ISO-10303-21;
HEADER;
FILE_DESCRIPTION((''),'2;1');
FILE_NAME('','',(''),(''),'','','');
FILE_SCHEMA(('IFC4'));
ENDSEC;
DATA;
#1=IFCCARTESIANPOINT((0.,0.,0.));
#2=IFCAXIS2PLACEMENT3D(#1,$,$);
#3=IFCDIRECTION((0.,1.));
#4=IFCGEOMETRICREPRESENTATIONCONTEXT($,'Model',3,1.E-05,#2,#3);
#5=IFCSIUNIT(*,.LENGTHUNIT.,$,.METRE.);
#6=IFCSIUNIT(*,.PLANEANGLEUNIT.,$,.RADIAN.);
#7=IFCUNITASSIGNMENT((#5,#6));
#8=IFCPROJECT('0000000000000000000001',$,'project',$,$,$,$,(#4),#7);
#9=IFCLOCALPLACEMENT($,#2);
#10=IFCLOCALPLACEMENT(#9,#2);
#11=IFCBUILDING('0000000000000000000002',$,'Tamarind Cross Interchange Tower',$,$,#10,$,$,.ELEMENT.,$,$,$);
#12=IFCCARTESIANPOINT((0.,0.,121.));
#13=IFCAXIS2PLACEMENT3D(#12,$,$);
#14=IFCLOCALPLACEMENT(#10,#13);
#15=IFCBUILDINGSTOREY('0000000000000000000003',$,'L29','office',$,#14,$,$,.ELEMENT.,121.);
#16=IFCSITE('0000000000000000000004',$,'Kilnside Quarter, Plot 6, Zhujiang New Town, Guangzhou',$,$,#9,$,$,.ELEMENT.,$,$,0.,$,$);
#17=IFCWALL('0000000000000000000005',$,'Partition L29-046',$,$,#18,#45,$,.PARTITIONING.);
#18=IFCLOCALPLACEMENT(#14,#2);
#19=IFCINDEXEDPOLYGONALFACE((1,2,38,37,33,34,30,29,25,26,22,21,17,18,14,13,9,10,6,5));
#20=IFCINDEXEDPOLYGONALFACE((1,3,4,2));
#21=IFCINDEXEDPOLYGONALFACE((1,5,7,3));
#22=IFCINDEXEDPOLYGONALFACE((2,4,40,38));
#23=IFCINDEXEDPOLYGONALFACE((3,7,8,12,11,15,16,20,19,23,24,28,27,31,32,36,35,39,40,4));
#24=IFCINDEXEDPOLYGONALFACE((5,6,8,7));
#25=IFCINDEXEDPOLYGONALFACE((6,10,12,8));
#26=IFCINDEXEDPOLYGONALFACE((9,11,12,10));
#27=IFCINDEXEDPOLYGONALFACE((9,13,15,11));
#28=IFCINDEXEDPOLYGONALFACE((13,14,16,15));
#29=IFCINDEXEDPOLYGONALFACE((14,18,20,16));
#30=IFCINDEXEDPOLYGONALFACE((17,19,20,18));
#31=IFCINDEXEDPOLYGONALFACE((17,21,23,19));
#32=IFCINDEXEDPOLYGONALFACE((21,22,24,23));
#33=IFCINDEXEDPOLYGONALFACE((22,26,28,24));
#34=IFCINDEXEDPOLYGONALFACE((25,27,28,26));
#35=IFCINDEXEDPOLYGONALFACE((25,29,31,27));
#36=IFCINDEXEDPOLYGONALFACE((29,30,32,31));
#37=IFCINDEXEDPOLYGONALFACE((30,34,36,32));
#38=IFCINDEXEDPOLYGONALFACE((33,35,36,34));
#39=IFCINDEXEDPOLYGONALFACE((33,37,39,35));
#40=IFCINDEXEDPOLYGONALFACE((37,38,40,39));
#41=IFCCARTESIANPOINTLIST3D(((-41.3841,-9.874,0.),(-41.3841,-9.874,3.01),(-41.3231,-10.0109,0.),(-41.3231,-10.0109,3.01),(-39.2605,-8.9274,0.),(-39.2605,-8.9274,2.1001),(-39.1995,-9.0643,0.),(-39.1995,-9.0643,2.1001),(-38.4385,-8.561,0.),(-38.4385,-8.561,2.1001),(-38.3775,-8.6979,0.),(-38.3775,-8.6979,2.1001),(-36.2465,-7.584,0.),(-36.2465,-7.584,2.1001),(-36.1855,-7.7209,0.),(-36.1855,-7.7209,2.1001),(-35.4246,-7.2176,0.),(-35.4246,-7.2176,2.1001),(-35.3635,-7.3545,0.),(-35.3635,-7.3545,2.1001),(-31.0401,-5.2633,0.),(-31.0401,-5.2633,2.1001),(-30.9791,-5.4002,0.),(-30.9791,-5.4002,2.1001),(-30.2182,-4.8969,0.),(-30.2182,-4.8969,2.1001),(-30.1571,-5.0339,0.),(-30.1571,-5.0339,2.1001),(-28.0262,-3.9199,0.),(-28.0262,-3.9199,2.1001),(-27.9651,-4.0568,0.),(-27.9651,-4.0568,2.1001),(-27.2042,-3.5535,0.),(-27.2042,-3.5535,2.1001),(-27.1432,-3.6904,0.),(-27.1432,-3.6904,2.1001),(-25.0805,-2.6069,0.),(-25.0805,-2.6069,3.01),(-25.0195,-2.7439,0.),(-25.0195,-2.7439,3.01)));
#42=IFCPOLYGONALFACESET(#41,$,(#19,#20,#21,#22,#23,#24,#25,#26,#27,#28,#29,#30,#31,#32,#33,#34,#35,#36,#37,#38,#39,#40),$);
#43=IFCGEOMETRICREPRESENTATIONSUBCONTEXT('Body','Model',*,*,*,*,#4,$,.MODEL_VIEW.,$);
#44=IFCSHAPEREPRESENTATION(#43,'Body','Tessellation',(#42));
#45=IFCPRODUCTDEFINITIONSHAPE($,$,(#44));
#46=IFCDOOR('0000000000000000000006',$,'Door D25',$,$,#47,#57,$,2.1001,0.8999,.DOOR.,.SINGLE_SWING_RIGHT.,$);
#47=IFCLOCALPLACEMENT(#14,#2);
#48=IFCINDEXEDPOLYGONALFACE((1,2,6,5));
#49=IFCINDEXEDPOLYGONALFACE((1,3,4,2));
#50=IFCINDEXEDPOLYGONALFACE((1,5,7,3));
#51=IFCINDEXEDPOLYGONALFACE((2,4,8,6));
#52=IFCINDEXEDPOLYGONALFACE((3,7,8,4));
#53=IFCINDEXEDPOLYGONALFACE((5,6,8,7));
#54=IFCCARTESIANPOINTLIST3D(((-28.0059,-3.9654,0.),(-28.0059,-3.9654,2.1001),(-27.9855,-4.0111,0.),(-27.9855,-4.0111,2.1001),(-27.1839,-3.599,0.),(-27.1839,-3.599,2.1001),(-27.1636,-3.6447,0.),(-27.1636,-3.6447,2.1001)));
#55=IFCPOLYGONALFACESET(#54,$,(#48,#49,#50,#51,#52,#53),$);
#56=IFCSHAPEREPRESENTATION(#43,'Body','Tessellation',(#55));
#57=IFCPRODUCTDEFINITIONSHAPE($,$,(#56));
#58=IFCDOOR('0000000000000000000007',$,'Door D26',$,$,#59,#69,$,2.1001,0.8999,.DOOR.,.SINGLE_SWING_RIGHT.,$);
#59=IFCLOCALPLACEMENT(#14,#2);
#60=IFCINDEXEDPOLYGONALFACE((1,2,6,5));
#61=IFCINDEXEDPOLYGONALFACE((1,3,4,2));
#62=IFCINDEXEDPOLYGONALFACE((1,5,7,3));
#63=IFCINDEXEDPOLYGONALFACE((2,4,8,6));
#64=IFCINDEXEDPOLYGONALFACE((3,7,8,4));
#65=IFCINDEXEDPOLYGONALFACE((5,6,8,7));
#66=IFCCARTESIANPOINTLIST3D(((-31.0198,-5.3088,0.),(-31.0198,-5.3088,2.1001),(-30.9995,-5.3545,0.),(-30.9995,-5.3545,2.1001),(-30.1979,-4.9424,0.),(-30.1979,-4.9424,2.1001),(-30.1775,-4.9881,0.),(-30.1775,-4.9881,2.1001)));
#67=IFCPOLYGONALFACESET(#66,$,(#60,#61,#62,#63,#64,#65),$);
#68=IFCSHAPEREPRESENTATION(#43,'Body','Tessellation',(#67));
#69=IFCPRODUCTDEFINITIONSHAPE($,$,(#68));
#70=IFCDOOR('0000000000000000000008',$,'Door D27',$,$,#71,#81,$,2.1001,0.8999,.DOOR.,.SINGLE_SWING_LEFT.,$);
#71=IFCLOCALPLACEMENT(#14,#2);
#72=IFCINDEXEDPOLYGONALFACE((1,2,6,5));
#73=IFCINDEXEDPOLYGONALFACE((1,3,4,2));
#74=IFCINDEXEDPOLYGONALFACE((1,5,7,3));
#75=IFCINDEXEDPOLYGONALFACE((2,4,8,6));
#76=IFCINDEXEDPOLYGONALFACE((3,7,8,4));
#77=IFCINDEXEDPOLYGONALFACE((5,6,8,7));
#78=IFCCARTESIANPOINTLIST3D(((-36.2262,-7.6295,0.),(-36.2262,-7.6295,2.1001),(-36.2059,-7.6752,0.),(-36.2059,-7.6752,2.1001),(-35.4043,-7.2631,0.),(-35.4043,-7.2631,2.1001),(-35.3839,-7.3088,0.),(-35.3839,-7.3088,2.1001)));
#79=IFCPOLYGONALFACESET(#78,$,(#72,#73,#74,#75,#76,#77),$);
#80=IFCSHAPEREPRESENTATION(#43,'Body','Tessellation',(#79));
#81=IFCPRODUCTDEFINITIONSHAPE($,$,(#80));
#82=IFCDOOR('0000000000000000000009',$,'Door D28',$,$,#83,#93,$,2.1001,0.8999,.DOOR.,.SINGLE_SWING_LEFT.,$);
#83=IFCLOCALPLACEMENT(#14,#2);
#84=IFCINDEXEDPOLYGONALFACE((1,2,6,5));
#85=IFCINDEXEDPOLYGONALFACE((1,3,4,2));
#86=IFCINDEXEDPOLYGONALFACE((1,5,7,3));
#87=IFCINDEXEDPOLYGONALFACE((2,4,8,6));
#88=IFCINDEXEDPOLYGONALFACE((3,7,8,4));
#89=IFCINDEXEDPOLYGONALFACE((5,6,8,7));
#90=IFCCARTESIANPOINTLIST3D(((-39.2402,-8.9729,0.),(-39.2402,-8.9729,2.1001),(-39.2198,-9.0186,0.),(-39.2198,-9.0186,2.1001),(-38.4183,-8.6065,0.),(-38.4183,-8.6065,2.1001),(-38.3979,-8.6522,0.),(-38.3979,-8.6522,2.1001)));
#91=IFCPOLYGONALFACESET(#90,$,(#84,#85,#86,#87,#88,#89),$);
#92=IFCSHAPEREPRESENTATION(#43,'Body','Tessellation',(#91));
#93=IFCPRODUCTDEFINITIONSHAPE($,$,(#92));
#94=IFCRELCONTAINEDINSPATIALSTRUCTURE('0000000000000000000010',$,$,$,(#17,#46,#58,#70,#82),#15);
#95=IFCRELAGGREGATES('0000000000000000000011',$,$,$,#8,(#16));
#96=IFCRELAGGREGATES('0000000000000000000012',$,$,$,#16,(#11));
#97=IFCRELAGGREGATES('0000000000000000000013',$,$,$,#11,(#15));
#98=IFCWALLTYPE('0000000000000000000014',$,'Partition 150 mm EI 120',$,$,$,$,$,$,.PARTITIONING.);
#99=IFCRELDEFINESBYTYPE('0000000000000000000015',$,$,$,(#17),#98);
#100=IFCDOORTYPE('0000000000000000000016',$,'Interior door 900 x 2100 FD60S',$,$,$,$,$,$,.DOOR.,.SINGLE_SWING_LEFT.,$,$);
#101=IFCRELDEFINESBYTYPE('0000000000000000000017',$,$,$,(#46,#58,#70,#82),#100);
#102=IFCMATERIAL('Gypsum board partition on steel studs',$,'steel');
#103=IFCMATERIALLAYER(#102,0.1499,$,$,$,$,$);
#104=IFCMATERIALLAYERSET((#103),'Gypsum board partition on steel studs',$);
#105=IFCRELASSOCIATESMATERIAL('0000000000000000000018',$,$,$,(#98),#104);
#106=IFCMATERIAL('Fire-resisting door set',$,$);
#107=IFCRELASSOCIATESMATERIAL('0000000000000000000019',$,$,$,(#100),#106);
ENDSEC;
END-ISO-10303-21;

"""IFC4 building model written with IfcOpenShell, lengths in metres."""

from ifc_helpers import new_model, si_unit, direction, frame, frame_2d, origin, place, context, subcontext, project, spatial, rectangle, extrude, material, layer, layer_set, type_object, element, fill, save


model = new_model("IFC4")

# Units and contexts
model_context = context("Model", 3, precision=1e-05, world=origin(), true_north=direction((0.0, 1.0)))
body_context = subcontext(model_context, "Body", "Model", "MODEL_VIEW")
ifc_project = project(units=[si_unit("LENGTHUNIT", "METRE"), si_unit("PLANEANGLEUNIT", "RADIAN")], contexts=[model_context])

# Site, building, storey
site_placement = place(None, origin())
site = spatial("IfcSite", under=ifc_project, at=site_placement, Name="Kilnside Quarter, Plot 6, Zhujiang New Town, Guangzhou", CompositionType="ELEMENT", RefElevation=0.0)
building_placement = place(site_placement, origin())
building = spatial("IfcBuilding", under=site, at=building_placement, Name="Tamarind Cross Interchange Tower", CompositionType="ELEMENT")
storey_placement = place(building_placement, frame((0.0, 0.0, 121.0)))
storey = spatial("IfcBuildingStorey", under=building, at=storey_placement, Name="L29", Description="office", CompositionType="ELEMENT", Elevation=121.0)

# Shared definitions
ifc_material_1 = material(Name="Gypsum board partition on steel studs", Category="steel")

# Shared definitions
ifc_layer_1 = layer(ifc_material_1, 0.1499)
ifc_layer_set_1 = layer_set([ifc_layer_1], Name="Gypsum board partition on steel studs")
wall_type_1 = type_object("IfcWallType", Name="Partition 150 mm EI 120", PredefinedType="PARTITIONING", material=ifc_layer_set_1)
ifc_material_2 = material(Name="Fire-resisting door set")

# Wall, openings, doors
wall_1_placement = place(storey_placement, frame((-41.3535, -9.9424, 0.0), z_axis=(0.0, 0.0, 1.0), x_axis=(0.913374, 0.40712, 0.0)))
wall_1 = element("IfcWall", 1, at=wall_1_placement, inside=storey, type_object=wall_type_1, Name="Partition L29-046", PredefinedType="PARTITIONING", context=body_context, shape_type="SweptSolid", body=[
    extrude(rectangle(XDim=17.8499, YDim=0.1499, at=frame_2d((8.9248, 0.0))), origin(), (0.0, 0.0, 1.0), 3.01),
])
opening_1_placement = place(wall_1_placement, frame((14.6248, 0.0, 0.0)))
opening_1 = element("IfcOpeningElement", 2, at=opening_1_placement, cuts=wall_1, PredefinedType="OPENING", context=body_context, shape_type="SweptSolid", body=[
    extrude(rectangle(XDim=0.8999, YDim=2.1001, at=frame_2d((0.45, 1.05))), frame((0.0, 0.085, 0.0), z_axis=(0.0, -1.0, 0.0), x_axis=(1.0, 0.0, 0.0)), (0.0, 0.0, 1.0), 0.1699),
])
opening_2_placement = place(wall_1_placement, frame((11.325, 0.0, 0.0)))
opening_2 = element("IfcOpeningElement", 3, at=opening_2_placement, cuts=wall_1, PredefinedType="OPENING", context=body_context, shape_type="SweptSolid", body=[
    extrude(rectangle(XDim=0.8999, YDim=2.1001, at=frame_2d((0.45, 1.05))), frame((0.0, 0.085, 0.0), z_axis=(0.0, -1.0, 0.0), x_axis=(1.0, 0.0, 0.0)), (0.0, 0.0, 1.0), 0.1699),
])
opening_3_placement = place(wall_1_placement, frame((5.6248, 0.0, 0.0)))
opening_3 = element("IfcOpeningElement", 4, at=opening_3_placement, cuts=wall_1, PredefinedType="OPENING", context=body_context, shape_type="SweptSolid", body=[
    extrude(rectangle(XDim=0.8999, YDim=2.1001, at=frame_2d((0.45, 1.05))), frame((0.0, 0.085, 0.0), z_axis=(0.0, -1.0, 0.0), x_axis=(1.0, 0.0, 0.0)), (0.0, 0.0, 1.0), 0.1699),
])
opening_4_placement = place(wall_1_placement, frame((2.325, 0.0, 0.0)))
opening_4 = element("IfcOpeningElement", 5, at=opening_4_placement, cuts=wall_1, PredefinedType="OPENING", context=body_context, shape_type="SweptSolid", body=[
    extrude(rectangle(XDim=0.8999, YDim=2.1001, at=frame_2d((0.45, 1.05))), frame((0.0, 0.085, 0.0), z_axis=(0.0, -1.0, 0.0), x_axis=(1.0, 0.0, 0.0)), (0.0, 0.0, 1.0), 0.1699),
])
door_type_1 = type_object("IfcDoorType", Name="Interior door 900 x 2100 FD60S", OperationType="SINGLE_SWING_LEFT", PredefinedType="DOOR", material=ifc_material_2)
door_1_placement = place(opening_1_placement, frame((0.8999, 0.0, 0.0), z_axis=(0.0, 0.0, 1.0), x_axis=(-1.0, 0.0, 0.0)))
door_1 = element("IfcDoor", 6, at=door_1_placement, inside=storey, type_object=door_type_1, Name="Door D25", OperationType="SINGLE_SWING_RIGHT", OverallHeight=2.1001, OverallWidth=0.8999, PredefinedType="DOOR", context=body_context, shape_type="SweptSolid", body=[
    extrude(rectangle(XDim=0.8999, YDim=2.1001, at=frame_2d((0.45, 1.05))), frame((0.0, 0.0249, 0.0), z_axis=(0.0, -1.0, 0.0), x_axis=(1.0, 0.0, 0.0)), (0.0, 0.0, 1.0), 0.05),
])
fill(opening_1, door_1)
door_2_placement = place(opening_2_placement, frame((0.8999, 0.0, 0.0), z_axis=(0.0, 0.0, 1.0), x_axis=(-1.0, 0.0, 0.0)))
door_2 = element("IfcDoor", 7, at=door_2_placement, inside=storey, type_object=door_type_1, Name="Door D26", OperationType="SINGLE_SWING_RIGHT", OverallHeight=2.1001, OverallWidth=0.8999, PredefinedType="DOOR", context=body_context, shape_type="SweptSolid", body=[
    extrude(rectangle(XDim=0.8999, YDim=2.1001, at=frame_2d((0.45, 1.05))), frame((0.0, 0.0249, 0.0), z_axis=(0.0, -1.0, 0.0), x_axis=(1.0, 0.0, 0.0)), (0.0, 0.0, 1.0), 0.05),
])
fill(opening_2, door_2)
door_3_placement = place(opening_3_placement, frame((0.8999, 0.0, 0.0), z_axis=(0.0, 0.0, 1.0), x_axis=(-1.0, 0.0, 0.0)))
door_3 = element("IfcDoor", 8, at=door_3_placement, inside=storey, type_object=door_type_1, Name="Door D27", OperationType="SINGLE_SWING_LEFT", OverallHeight=2.1001, OverallWidth=0.8999, PredefinedType="DOOR", context=body_context, shape_type="SweptSolid", body=[
    extrude(rectangle(XDim=0.8999, YDim=2.1001, at=frame_2d((0.45, 1.05))), frame((0.0, 0.0249, 0.0), z_axis=(0.0, -1.0, 0.0), x_axis=(1.0, 0.0, 0.0)), (0.0, 0.0, 1.0), 0.05),
])
fill(opening_3, door_3)
door_4_placement = place(opening_4_placement, frame((0.8999, 0.0, 0.0), z_axis=(0.0, 0.0, 1.0), x_axis=(-1.0, 0.0, 0.0)))
door_4 = element("IfcDoor", 9, at=door_4_placement, inside=storey, type_object=door_type_1, Name="Door D28", OperationType="SINGLE_SWING_LEFT", OverallHeight=2.1001, OverallWidth=0.8999, PredefinedType="DOOR", context=body_context, shape_type="SweptSolid", body=[
    extrude(rectangle(XDim=0.8999, YDim=2.1001, at=frame_2d((0.45, 1.05))), frame((0.0, 0.0249, 0.0), z_axis=(0.0, -1.0, 0.0), x_axis=(1.0, 0.0, 0.0)), (0.0, 0.0, 1.0), 0.05),
])
fill(opening_4, door_4)

save(model, "model.ifc")
